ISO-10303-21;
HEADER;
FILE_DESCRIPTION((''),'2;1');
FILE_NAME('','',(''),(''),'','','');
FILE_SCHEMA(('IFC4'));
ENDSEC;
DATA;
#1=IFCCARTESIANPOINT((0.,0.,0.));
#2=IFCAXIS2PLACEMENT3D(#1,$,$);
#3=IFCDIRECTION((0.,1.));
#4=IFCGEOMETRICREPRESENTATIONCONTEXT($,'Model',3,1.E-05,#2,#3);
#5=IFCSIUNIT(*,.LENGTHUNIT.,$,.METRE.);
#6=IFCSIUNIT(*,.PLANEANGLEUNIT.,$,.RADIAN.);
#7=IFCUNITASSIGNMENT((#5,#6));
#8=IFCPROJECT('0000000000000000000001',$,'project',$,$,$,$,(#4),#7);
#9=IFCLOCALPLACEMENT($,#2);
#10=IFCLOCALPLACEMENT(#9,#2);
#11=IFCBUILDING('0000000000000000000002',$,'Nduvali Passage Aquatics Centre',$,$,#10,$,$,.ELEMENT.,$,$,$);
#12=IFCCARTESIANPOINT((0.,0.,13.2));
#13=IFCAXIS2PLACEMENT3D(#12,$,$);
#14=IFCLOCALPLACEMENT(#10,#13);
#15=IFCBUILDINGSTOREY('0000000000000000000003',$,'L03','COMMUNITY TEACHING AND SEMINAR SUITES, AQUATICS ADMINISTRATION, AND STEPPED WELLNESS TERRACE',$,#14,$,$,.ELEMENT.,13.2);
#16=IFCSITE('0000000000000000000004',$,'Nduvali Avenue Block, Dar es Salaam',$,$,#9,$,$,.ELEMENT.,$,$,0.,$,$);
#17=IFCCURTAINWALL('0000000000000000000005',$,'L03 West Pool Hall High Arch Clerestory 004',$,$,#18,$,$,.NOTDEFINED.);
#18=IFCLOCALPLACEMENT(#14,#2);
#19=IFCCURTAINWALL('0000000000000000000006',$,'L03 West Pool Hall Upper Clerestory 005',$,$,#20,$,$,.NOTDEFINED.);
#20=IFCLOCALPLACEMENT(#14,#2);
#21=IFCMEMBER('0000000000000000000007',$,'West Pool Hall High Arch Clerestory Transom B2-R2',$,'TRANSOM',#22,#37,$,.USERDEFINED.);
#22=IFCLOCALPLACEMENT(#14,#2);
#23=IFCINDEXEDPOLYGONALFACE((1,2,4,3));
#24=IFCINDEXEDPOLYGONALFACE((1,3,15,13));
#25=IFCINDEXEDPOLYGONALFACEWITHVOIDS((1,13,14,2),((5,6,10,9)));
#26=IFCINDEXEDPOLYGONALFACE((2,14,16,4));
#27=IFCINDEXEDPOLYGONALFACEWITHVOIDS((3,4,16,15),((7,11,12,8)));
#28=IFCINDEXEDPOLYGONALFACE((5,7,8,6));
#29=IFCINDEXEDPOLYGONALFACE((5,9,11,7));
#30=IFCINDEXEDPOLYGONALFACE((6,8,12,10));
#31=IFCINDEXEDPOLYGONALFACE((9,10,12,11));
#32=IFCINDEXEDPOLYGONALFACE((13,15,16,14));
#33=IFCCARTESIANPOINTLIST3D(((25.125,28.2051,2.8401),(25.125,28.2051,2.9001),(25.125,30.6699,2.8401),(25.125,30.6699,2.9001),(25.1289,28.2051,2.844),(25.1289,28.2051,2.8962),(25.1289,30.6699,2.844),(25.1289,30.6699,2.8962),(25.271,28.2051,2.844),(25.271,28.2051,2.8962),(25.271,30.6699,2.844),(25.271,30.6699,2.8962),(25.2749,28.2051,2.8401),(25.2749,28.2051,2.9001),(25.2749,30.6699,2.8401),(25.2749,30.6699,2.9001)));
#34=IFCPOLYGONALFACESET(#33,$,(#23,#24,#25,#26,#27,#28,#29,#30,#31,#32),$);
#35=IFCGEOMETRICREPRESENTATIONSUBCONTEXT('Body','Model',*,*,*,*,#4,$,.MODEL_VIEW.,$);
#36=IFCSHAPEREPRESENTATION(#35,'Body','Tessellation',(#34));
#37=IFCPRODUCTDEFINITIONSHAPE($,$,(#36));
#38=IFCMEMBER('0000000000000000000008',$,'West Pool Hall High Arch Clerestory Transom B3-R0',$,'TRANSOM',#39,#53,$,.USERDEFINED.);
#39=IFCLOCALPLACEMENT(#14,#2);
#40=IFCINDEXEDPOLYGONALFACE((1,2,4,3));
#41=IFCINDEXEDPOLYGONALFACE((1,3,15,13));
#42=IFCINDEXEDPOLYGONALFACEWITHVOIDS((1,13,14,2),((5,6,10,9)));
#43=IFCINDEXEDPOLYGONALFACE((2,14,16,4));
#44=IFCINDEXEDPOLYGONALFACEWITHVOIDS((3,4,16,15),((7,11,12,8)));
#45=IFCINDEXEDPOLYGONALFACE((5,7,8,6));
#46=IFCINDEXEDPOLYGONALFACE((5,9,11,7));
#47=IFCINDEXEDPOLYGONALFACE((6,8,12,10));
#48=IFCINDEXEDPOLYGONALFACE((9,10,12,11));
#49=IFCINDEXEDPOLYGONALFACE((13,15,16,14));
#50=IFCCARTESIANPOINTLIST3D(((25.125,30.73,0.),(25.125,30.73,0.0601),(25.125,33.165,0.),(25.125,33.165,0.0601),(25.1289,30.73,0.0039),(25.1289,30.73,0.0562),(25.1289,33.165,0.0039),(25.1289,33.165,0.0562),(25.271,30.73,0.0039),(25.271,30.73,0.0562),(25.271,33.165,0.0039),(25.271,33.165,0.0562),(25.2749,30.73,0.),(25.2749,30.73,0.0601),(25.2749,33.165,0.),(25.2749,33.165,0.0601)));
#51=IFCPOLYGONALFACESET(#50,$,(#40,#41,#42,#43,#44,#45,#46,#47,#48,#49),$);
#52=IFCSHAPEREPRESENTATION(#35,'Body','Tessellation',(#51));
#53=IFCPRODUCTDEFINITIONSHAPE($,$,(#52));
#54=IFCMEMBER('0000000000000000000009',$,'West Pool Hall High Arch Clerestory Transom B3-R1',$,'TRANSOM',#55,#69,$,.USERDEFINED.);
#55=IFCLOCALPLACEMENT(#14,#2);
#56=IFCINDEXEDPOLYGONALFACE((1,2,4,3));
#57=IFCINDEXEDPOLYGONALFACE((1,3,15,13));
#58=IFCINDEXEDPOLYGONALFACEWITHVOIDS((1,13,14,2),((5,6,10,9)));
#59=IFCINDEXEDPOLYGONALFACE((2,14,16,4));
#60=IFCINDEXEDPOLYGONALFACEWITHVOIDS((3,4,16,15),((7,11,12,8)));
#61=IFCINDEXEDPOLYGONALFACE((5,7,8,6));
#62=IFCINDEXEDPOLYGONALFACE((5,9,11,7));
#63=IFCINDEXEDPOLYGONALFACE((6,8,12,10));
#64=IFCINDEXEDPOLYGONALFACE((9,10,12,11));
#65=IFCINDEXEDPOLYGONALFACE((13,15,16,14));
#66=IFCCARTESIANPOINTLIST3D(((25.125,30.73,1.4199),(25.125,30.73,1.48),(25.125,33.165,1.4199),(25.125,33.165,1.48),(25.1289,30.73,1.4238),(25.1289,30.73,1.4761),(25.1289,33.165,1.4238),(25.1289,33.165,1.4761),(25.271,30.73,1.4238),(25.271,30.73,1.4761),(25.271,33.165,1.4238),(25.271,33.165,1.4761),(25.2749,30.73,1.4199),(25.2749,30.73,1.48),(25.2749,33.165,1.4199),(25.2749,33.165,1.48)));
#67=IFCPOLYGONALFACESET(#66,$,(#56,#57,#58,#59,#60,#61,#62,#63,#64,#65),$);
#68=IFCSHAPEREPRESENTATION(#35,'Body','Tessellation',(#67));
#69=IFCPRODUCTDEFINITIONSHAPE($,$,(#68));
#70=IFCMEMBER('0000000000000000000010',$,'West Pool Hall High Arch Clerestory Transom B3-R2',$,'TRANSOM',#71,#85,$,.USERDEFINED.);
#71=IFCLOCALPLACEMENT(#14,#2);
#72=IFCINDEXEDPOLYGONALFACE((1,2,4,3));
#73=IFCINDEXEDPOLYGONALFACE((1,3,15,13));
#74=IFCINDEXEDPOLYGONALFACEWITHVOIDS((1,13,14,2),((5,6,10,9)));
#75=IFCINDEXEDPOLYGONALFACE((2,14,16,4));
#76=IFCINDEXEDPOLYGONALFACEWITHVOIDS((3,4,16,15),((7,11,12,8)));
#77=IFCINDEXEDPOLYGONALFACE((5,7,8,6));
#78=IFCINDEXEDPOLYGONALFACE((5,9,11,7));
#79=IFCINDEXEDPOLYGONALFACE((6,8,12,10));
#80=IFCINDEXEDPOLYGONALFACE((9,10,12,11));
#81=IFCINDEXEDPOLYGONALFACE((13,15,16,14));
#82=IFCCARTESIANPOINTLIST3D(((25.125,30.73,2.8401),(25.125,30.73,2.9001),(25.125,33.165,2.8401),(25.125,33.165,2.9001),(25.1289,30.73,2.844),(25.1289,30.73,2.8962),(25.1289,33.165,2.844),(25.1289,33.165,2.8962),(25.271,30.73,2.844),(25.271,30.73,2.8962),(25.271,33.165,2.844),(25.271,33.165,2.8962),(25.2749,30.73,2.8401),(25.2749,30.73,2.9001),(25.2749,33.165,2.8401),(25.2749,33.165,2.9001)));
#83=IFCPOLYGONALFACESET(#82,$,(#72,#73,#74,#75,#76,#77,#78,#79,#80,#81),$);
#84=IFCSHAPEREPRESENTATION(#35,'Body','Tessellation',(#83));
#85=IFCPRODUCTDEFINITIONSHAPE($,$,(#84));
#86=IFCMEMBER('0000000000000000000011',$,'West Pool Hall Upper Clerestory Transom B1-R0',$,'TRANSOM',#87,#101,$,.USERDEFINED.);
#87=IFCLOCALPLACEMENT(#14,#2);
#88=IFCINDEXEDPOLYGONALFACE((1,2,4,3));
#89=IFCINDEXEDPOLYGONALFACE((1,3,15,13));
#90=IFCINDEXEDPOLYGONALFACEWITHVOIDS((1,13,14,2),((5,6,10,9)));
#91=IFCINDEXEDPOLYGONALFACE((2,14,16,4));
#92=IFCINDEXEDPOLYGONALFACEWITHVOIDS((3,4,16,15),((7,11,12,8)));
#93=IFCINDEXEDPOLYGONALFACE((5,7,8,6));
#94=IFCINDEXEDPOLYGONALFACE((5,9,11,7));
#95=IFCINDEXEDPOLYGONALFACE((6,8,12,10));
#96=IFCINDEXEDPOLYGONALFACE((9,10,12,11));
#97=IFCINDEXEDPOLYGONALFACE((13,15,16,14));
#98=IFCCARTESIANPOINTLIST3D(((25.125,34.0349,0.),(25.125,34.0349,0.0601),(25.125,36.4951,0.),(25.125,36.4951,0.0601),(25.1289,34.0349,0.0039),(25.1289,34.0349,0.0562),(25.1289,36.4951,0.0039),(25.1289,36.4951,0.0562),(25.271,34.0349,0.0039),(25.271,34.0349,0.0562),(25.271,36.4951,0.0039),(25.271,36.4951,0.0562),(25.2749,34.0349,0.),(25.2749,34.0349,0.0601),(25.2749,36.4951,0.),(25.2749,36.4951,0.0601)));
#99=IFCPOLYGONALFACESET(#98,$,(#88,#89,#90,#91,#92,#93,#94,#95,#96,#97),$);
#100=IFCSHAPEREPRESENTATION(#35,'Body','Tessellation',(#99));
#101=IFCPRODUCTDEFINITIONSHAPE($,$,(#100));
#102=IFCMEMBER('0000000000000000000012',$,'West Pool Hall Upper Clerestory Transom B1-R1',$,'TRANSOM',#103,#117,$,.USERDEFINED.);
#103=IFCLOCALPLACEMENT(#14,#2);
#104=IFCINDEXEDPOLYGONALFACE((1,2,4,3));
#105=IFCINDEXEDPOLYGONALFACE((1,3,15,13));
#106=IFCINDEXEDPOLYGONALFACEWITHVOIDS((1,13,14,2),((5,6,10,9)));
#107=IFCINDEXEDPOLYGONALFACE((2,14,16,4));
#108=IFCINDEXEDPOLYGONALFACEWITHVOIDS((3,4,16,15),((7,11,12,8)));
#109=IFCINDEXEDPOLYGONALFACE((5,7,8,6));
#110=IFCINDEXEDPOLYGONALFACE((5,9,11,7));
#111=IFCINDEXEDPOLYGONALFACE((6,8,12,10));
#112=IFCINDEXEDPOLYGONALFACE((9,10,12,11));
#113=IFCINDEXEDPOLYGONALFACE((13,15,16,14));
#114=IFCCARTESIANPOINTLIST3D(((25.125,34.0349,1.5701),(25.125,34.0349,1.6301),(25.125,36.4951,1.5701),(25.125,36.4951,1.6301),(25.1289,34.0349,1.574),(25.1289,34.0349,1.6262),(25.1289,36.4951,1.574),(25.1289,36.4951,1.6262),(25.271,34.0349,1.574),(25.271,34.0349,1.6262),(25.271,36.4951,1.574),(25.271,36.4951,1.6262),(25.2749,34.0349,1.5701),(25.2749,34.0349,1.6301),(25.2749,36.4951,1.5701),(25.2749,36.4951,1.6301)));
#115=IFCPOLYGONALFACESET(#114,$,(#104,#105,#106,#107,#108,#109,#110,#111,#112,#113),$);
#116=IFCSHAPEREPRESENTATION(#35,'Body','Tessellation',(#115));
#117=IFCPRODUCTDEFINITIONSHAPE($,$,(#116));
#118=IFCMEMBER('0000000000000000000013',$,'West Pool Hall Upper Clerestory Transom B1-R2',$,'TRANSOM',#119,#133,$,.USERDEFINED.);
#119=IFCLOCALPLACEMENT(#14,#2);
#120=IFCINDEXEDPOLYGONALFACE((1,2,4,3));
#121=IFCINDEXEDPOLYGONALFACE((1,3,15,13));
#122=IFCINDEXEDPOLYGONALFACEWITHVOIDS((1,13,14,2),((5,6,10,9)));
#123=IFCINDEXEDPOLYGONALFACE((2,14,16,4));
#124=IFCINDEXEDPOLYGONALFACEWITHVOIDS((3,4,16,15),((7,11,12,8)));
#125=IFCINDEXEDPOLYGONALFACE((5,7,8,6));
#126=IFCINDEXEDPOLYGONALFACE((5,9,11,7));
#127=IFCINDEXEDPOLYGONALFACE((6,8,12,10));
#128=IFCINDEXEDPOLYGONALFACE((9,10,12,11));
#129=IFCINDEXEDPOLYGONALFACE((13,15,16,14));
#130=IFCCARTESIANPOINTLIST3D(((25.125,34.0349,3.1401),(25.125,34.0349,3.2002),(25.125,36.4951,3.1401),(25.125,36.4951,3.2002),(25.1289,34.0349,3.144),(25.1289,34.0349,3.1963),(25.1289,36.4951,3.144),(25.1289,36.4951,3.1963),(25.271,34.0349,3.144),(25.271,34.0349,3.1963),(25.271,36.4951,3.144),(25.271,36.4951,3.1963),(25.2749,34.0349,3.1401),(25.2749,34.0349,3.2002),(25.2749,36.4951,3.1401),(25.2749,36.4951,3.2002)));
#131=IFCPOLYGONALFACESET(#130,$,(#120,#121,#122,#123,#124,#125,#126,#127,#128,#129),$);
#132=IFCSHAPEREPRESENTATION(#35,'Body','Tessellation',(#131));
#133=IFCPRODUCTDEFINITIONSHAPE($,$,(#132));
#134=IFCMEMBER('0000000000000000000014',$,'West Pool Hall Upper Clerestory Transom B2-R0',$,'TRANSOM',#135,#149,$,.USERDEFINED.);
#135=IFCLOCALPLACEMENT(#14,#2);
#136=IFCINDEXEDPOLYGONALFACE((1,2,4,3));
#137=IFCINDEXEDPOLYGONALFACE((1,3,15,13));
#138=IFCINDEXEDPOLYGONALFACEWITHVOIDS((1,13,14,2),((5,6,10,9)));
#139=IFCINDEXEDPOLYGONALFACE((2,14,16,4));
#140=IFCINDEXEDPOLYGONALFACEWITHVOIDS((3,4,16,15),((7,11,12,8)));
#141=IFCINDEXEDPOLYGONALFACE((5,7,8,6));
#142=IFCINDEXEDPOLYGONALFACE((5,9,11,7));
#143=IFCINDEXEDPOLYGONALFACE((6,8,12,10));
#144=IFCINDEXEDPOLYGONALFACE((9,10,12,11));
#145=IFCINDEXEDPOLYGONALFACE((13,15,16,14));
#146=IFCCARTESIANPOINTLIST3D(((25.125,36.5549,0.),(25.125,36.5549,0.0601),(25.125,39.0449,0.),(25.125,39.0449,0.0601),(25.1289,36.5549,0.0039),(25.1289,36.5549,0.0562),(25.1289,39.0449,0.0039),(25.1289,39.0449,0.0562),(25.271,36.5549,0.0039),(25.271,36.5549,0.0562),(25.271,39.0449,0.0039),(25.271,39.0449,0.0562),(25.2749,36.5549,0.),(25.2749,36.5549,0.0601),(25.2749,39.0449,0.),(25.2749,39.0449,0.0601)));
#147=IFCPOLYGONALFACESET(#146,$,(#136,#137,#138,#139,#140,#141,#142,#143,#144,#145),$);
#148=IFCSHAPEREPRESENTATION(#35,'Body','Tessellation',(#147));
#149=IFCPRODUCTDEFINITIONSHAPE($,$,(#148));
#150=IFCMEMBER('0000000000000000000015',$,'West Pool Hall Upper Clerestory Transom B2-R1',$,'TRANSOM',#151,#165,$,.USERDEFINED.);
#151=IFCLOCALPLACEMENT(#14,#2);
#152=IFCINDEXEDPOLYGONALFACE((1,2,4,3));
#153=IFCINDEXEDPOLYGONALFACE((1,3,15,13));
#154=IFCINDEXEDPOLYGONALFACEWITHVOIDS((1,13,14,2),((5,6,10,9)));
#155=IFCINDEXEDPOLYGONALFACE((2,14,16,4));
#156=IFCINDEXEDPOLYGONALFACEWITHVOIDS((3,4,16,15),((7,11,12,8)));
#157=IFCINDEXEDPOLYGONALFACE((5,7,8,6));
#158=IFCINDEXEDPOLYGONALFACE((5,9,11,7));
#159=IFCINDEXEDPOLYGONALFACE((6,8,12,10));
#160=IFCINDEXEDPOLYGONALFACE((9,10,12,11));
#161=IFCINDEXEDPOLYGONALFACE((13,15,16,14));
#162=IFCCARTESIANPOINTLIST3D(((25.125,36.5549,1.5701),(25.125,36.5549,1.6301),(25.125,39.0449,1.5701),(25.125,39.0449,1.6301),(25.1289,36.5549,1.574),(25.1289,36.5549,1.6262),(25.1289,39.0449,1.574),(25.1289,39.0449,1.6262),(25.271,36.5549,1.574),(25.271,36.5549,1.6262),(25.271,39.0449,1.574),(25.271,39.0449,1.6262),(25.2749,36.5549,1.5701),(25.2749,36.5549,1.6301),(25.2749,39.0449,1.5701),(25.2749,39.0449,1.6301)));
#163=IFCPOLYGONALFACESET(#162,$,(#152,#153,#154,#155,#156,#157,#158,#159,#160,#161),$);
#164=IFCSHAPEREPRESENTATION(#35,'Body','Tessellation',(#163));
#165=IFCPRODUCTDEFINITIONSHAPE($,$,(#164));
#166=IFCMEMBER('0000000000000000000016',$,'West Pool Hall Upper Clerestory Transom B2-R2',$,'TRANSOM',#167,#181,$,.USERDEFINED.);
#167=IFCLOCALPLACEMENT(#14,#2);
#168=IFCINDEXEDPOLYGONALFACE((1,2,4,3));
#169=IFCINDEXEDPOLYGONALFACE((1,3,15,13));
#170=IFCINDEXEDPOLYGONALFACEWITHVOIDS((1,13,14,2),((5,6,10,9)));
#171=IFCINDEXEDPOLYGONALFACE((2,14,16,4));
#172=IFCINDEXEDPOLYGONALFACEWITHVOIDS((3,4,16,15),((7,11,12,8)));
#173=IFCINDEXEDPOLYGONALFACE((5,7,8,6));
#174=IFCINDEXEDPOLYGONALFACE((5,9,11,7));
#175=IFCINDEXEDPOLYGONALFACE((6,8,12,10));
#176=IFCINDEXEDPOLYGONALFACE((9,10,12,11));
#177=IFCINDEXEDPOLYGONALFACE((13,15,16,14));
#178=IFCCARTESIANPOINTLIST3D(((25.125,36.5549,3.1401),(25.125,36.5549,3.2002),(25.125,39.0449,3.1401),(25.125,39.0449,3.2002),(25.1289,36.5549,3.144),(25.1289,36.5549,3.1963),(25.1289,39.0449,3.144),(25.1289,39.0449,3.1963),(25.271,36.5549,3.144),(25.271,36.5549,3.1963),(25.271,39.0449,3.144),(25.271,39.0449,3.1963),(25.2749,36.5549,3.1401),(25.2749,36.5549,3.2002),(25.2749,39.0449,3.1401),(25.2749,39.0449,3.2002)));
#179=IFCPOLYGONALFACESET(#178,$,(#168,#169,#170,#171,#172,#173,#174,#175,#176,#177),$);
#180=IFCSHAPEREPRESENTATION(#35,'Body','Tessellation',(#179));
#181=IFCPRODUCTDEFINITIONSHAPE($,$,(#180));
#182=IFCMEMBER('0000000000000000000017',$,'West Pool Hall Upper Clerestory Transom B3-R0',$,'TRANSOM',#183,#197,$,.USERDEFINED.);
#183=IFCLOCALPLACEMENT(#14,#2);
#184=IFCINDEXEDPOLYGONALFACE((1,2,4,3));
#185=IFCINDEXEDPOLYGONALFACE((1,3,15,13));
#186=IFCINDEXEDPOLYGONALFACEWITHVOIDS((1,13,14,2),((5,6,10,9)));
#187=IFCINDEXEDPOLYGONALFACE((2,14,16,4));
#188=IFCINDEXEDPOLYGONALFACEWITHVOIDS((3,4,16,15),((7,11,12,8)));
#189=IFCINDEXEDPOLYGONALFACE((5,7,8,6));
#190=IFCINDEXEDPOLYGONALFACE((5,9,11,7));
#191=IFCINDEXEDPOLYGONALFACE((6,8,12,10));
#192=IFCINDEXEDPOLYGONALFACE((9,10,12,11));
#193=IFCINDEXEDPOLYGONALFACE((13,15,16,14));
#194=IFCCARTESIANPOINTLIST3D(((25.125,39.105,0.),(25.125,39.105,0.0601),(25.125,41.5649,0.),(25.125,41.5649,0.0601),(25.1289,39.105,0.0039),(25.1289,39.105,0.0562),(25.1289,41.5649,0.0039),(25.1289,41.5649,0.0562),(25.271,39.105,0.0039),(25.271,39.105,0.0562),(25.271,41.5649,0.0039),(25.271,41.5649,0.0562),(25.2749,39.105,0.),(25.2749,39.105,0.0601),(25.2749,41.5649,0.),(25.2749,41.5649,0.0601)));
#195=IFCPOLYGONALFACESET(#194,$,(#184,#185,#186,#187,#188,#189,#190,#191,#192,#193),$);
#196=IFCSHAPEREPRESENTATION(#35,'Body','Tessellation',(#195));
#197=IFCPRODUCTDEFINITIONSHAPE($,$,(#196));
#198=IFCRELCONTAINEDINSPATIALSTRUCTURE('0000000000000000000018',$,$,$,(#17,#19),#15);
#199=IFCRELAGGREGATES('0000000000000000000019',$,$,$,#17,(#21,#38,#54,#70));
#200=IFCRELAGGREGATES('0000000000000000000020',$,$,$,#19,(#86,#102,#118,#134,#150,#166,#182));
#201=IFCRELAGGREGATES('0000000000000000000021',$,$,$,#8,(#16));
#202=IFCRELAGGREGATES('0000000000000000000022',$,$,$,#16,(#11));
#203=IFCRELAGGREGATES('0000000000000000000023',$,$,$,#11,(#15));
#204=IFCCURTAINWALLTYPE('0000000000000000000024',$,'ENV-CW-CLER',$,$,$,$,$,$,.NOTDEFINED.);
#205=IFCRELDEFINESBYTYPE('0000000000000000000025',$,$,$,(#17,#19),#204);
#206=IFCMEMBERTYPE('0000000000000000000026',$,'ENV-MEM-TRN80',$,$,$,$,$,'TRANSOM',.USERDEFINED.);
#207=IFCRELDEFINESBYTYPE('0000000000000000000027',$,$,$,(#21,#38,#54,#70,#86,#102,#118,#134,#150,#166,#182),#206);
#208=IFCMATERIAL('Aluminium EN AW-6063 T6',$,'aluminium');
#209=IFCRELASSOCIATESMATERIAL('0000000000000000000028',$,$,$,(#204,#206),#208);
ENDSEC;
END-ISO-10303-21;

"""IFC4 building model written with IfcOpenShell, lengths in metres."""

from ifc_helpers import new_model, si_unit, direction, frame, origin, origin_2d, place, context, subcontext, project, spatial, hollow_rectangle, extrude, material, material_profile, profile_set, type_object, element, aggregate, save


model = new_model("IFC4")

# Units and contexts
model_context = context("Model", 3, precision=1e-05, world=origin(), true_north=direction((0.0, 1.0)))
body_context = subcontext(model_context, "Body", "Model", "MODEL_VIEW")
ifc_project = project(units=[si_unit("LENGTHUNIT", "METRE"), si_unit("PLANEANGLEUNIT", "RADIAN")], contexts=[model_context])

# Site, building, storey
site_placement = place(None, origin())
site = spatial("IfcSite", under=ifc_project, at=site_placement, Name="Nduvali Avenue Block, Dar es Salaam", CompositionType="ELEMENT", RefElevation=0.0)
building_placement = place(site_placement, origin())
building = spatial("IfcBuilding", under=site, at=building_placement, Name="Nduvali Passage Aquatics Centre", CompositionType="ELEMENT")
storey_placement = place(building_placement, frame((0.0, 0.0, 13.2)))
storey = spatial("IfcBuildingStorey", under=building, at=storey_placement, Name="L03", Description="COMMUNITY TEACHING AND SEMINAR SUITES, AQUATICS ADMINISTRATION, AND STEPPED WELLNESS TERRACE", CompositionType="ELEMENT", Elevation=13.2)

# Curtain walls
ifc_material_1 = material(Name="Aluminium EN AW-6063 T6", Category="aluminium")
curtain_wall_type = type_object("IfcCurtainWallType", Name="ENV-CW-CLER", PredefinedType="NOTDEFINED", material=ifc_material_1)
curtain_wall_1_placement = place(storey_placement, origin())
curtain_wall_1 = element("IfcCurtainWall", 1, at=curtain_wall_1_placement, inside=storey, type_object=curtain_wall_type, Name="L03 West Pool Hall High Arch Clerestory 004", PredefinedType="NOTDEFINED")
curtain_wall_2_placement = place(storey_placement, origin())
curtain_wall_2 = element("IfcCurtainWall", 2, at=curtain_wall_2_placement, inside=storey, type_object=curtain_wall_type, Name="L03 West Pool Hall Upper Clerestory 005", PredefinedType="NOTDEFINED")

# Members
ifc_material_profile_1 = material_profile(ifc_material_1, hollow_rectangle(XDim=0.1499, YDim=0.0601, WallThickness=0.0039, at=origin_2d()), Name="ALU TRANSOM 150x60x4")
ifc_profile_set_1 = profile_set([ifc_material_profile_1], Name="Aluminium EN AW-6063 T6")
member_type_1 = type_object("IfcMemberType", Name="ENV-MEM-TRN80", ElementType="TRANSOM", PredefinedType="USERDEFINED", material=ifc_profile_set_1)
member_1_placement = place(storey_placement, frame((25.2, 28.2051, 2.8701), z_axis=(0.0, 1.0, 0.0), x_axis=(-1.0, 0.0, 0.0)))
member_1 = element("IfcMember", 3, at=member_1_placement, type_object=member_type_1, Name="West Pool Hall High Arch Clerestory Transom B2-R2", ObjectType="TRANSOM", PredefinedType="USERDEFINED", context=body_context, shape_type="SweptSolid", body=[
    extrude(hollow_rectangle(XDim=0.1499, YDim=0.0601, WallThickness=0.0039, at=origin_2d()), origin(), (0.0, 0.0, 1.0), 2.4648),
])
member_2_placement = place(storey_placement, frame((25.2, 30.73, 0.03), z_axis=(0.0, 1.0, 0.0), x_axis=(-1.0, 0.0, 0.0)))
member_2 = element("IfcMember", 4, at=member_2_placement, type_object=member_type_1, Name="West Pool Hall High Arch Clerestory Transom B3-R0", ObjectType="TRANSOM", PredefinedType="USERDEFINED", context=body_context, shape_type="SweptSolid", body=[
    extrude(hollow_rectangle(XDim=0.1499, YDim=0.0601, WallThickness=0.0039, at=origin_2d()), origin(), (0.0, 0.0, 1.0), 2.4351),
])
member_3_placement = place(storey_placement, frame((25.2, 30.73, 1.45), z_axis=(0.0, 1.0, 0.0), x_axis=(-1.0, 0.0, 0.0)))
member_3 = element("IfcMember", 5, at=member_3_placement, type_object=member_type_1, Name="West Pool Hall High Arch Clerestory Transom B3-R1", ObjectType="TRANSOM", PredefinedType="USERDEFINED", context=body_context, shape_type="SweptSolid", body=[
    extrude(hollow_rectangle(XDim=0.1499, YDim=0.0601, WallThickness=0.0039, at=origin_2d()), origin(), (0.0, 0.0, 1.0), 2.4351),
])
member_4_placement = place(storey_placement, frame((25.2, 30.73, 2.8701), z_axis=(0.0, 1.0, 0.0), x_axis=(-1.0, 0.0, 0.0)))
member_4 = element("IfcMember", 6, at=member_4_placement, type_object=member_type_1, Name="West Pool Hall High Arch Clerestory Transom B3-R2", ObjectType="TRANSOM", PredefinedType="USERDEFINED", context=body_context, shape_type="SweptSolid", body=[
    extrude(hollow_rectangle(XDim=0.1499, YDim=0.0601, WallThickness=0.0039, at=origin_2d()), origin(), (0.0, 0.0, 1.0), 2.4351),
])
member_5_placement = place(storey_placement, frame((25.2, 34.0349, 0.03), z_axis=(0.0, 1.0, 0.0), x_axis=(-1.0, 0.0, 0.0)))
member_5 = element("IfcMember", 7, at=member_5_placement, type_object=member_type_1, Name="West Pool Hall Upper Clerestory Transom B1-R0", ObjectType="TRANSOM", PredefinedType="USERDEFINED", context=body_context, shape_type="SweptSolid", body=[
    extrude(hollow_rectangle(XDim=0.1499, YDim=0.0601, WallThickness=0.0039, at=origin_2d()), origin(), (0.0, 0.0, 1.0), 2.4602),
])
member_6_placement = place(storey_placement, frame((25.2, 34.0349, 1.6001), z_axis=(0.0, 1.0, 0.0), x_axis=(-1.0, 0.0, 0.0)))
member_6 = element("IfcMember", 8, at=member_6_placement, type_object=member_type_1, Name="West Pool Hall Upper Clerestory Transom B1-R1", ObjectType="TRANSOM", PredefinedType="USERDEFINED", context=body_context, shape_type="SweptSolid", body=[
    extrude(hollow_rectangle(XDim=0.1499, YDim=0.0601, WallThickness=0.0039, at=origin_2d()), origin(), (0.0, 0.0, 1.0), 2.4602),
])
member_7_placement = place(storey_placement, frame((25.2, 34.0349, 3.1702), z_axis=(0.0, 1.0, 0.0), x_axis=(-1.0, 0.0, 0.0)))
member_7 = element("IfcMember", 9, at=member_7_placement, type_object=member_type_1, Name="West Pool Hall Upper Clerestory Transom B1-R2", ObjectType="TRANSOM", PredefinedType="USERDEFINED", context=body_context, shape_type="SweptSolid", body=[
    extrude(hollow_rectangle(XDim=0.1499, YDim=0.0601, WallThickness=0.0039, at=origin_2d()), origin(), (0.0, 0.0, 1.0), 2.4602),
])
member_8_placement = place(storey_placement, frame((25.2, 36.5549, 0.03), z_axis=(0.0, 1.0, 0.0), x_axis=(-1.0, 0.0, 0.0)))
member_8 = element("IfcMember", 10, at=member_8_placement, type_object=member_type_1, Name="West Pool Hall Upper Clerestory Transom B2-R0", ObjectType="TRANSOM", PredefinedType="USERDEFINED", context=body_context, shape_type="SweptSolid", body=[
    extrude(hollow_rectangle(XDim=0.1499, YDim=0.0601, WallThickness=0.0039, at=origin_2d()), origin(), (0.0, 0.0, 1.0), 2.49),
])
member_9_placement = place(storey_placement, frame((25.2, 36.5549, 1.6001), z_axis=(0.0, 1.0, 0.0), x_axis=(-1.0, 0.0, 0.0)))
member_9 = element("IfcMember", 11, at=member_9_placement, type_object=member_type_1, Name="West Pool Hall Upper Clerestory Transom B2-R1", ObjectType="TRANSOM", PredefinedType="USERDEFINED", context=body_context, shape_type="SweptSolid", body=[
    extrude(hollow_rectangle(XDim=0.1499, YDim=0.0601, WallThickness=0.0039, at=origin_2d()), origin(), (0.0, 0.0, 1.0), 2.49),
])
member_10_placement = place(storey_placement, frame((25.2, 36.5549, 3.1702), z_axis=(0.0, 1.0, 0.0), x_axis=(-1.0, 0.0, 0.0)))
member_10 = element("IfcMember", 12, at=member_10_placement, type_object=member_type_1, Name="West Pool Hall Upper Clerestory Transom B2-R2", ObjectType="TRANSOM", PredefinedType="USERDEFINED", context=body_context, shape_type="SweptSolid", body=[
    extrude(hollow_rectangle(XDim=0.1499, YDim=0.0601, WallThickness=0.0039, at=origin_2d()), origin(), (0.0, 0.0, 1.0), 2.49),
])
member_11_placement = place(storey_placement, frame((25.2, 39.105, 0.03), z_axis=(0.0, 1.0, 0.0), x_axis=(-1.0, 0.0, 0.0)))
member_11 = element("IfcMember", 13, at=member_11_placement, type_object=member_type_1, Name="West Pool Hall Upper Clerestory Transom B3-R0", ObjectType="TRANSOM", PredefinedType="USERDEFINED", context=body_context, shape_type="SweptSolid", body=[
    extrude(hollow_rectangle(XDim=0.1499, YDim=0.0601, WallThickness=0.0039, at=origin_2d()), origin(), (0.0, 0.0, 1.0), 2.46),
])

aggregate(curtain_wall_1, [member_1, member_2, member_3, member_4])
aggregate(curtain_wall_2, [member_5, member_6, member_7, member_8, member_9, member_10, member_11])

save(model, "model.ifc")
